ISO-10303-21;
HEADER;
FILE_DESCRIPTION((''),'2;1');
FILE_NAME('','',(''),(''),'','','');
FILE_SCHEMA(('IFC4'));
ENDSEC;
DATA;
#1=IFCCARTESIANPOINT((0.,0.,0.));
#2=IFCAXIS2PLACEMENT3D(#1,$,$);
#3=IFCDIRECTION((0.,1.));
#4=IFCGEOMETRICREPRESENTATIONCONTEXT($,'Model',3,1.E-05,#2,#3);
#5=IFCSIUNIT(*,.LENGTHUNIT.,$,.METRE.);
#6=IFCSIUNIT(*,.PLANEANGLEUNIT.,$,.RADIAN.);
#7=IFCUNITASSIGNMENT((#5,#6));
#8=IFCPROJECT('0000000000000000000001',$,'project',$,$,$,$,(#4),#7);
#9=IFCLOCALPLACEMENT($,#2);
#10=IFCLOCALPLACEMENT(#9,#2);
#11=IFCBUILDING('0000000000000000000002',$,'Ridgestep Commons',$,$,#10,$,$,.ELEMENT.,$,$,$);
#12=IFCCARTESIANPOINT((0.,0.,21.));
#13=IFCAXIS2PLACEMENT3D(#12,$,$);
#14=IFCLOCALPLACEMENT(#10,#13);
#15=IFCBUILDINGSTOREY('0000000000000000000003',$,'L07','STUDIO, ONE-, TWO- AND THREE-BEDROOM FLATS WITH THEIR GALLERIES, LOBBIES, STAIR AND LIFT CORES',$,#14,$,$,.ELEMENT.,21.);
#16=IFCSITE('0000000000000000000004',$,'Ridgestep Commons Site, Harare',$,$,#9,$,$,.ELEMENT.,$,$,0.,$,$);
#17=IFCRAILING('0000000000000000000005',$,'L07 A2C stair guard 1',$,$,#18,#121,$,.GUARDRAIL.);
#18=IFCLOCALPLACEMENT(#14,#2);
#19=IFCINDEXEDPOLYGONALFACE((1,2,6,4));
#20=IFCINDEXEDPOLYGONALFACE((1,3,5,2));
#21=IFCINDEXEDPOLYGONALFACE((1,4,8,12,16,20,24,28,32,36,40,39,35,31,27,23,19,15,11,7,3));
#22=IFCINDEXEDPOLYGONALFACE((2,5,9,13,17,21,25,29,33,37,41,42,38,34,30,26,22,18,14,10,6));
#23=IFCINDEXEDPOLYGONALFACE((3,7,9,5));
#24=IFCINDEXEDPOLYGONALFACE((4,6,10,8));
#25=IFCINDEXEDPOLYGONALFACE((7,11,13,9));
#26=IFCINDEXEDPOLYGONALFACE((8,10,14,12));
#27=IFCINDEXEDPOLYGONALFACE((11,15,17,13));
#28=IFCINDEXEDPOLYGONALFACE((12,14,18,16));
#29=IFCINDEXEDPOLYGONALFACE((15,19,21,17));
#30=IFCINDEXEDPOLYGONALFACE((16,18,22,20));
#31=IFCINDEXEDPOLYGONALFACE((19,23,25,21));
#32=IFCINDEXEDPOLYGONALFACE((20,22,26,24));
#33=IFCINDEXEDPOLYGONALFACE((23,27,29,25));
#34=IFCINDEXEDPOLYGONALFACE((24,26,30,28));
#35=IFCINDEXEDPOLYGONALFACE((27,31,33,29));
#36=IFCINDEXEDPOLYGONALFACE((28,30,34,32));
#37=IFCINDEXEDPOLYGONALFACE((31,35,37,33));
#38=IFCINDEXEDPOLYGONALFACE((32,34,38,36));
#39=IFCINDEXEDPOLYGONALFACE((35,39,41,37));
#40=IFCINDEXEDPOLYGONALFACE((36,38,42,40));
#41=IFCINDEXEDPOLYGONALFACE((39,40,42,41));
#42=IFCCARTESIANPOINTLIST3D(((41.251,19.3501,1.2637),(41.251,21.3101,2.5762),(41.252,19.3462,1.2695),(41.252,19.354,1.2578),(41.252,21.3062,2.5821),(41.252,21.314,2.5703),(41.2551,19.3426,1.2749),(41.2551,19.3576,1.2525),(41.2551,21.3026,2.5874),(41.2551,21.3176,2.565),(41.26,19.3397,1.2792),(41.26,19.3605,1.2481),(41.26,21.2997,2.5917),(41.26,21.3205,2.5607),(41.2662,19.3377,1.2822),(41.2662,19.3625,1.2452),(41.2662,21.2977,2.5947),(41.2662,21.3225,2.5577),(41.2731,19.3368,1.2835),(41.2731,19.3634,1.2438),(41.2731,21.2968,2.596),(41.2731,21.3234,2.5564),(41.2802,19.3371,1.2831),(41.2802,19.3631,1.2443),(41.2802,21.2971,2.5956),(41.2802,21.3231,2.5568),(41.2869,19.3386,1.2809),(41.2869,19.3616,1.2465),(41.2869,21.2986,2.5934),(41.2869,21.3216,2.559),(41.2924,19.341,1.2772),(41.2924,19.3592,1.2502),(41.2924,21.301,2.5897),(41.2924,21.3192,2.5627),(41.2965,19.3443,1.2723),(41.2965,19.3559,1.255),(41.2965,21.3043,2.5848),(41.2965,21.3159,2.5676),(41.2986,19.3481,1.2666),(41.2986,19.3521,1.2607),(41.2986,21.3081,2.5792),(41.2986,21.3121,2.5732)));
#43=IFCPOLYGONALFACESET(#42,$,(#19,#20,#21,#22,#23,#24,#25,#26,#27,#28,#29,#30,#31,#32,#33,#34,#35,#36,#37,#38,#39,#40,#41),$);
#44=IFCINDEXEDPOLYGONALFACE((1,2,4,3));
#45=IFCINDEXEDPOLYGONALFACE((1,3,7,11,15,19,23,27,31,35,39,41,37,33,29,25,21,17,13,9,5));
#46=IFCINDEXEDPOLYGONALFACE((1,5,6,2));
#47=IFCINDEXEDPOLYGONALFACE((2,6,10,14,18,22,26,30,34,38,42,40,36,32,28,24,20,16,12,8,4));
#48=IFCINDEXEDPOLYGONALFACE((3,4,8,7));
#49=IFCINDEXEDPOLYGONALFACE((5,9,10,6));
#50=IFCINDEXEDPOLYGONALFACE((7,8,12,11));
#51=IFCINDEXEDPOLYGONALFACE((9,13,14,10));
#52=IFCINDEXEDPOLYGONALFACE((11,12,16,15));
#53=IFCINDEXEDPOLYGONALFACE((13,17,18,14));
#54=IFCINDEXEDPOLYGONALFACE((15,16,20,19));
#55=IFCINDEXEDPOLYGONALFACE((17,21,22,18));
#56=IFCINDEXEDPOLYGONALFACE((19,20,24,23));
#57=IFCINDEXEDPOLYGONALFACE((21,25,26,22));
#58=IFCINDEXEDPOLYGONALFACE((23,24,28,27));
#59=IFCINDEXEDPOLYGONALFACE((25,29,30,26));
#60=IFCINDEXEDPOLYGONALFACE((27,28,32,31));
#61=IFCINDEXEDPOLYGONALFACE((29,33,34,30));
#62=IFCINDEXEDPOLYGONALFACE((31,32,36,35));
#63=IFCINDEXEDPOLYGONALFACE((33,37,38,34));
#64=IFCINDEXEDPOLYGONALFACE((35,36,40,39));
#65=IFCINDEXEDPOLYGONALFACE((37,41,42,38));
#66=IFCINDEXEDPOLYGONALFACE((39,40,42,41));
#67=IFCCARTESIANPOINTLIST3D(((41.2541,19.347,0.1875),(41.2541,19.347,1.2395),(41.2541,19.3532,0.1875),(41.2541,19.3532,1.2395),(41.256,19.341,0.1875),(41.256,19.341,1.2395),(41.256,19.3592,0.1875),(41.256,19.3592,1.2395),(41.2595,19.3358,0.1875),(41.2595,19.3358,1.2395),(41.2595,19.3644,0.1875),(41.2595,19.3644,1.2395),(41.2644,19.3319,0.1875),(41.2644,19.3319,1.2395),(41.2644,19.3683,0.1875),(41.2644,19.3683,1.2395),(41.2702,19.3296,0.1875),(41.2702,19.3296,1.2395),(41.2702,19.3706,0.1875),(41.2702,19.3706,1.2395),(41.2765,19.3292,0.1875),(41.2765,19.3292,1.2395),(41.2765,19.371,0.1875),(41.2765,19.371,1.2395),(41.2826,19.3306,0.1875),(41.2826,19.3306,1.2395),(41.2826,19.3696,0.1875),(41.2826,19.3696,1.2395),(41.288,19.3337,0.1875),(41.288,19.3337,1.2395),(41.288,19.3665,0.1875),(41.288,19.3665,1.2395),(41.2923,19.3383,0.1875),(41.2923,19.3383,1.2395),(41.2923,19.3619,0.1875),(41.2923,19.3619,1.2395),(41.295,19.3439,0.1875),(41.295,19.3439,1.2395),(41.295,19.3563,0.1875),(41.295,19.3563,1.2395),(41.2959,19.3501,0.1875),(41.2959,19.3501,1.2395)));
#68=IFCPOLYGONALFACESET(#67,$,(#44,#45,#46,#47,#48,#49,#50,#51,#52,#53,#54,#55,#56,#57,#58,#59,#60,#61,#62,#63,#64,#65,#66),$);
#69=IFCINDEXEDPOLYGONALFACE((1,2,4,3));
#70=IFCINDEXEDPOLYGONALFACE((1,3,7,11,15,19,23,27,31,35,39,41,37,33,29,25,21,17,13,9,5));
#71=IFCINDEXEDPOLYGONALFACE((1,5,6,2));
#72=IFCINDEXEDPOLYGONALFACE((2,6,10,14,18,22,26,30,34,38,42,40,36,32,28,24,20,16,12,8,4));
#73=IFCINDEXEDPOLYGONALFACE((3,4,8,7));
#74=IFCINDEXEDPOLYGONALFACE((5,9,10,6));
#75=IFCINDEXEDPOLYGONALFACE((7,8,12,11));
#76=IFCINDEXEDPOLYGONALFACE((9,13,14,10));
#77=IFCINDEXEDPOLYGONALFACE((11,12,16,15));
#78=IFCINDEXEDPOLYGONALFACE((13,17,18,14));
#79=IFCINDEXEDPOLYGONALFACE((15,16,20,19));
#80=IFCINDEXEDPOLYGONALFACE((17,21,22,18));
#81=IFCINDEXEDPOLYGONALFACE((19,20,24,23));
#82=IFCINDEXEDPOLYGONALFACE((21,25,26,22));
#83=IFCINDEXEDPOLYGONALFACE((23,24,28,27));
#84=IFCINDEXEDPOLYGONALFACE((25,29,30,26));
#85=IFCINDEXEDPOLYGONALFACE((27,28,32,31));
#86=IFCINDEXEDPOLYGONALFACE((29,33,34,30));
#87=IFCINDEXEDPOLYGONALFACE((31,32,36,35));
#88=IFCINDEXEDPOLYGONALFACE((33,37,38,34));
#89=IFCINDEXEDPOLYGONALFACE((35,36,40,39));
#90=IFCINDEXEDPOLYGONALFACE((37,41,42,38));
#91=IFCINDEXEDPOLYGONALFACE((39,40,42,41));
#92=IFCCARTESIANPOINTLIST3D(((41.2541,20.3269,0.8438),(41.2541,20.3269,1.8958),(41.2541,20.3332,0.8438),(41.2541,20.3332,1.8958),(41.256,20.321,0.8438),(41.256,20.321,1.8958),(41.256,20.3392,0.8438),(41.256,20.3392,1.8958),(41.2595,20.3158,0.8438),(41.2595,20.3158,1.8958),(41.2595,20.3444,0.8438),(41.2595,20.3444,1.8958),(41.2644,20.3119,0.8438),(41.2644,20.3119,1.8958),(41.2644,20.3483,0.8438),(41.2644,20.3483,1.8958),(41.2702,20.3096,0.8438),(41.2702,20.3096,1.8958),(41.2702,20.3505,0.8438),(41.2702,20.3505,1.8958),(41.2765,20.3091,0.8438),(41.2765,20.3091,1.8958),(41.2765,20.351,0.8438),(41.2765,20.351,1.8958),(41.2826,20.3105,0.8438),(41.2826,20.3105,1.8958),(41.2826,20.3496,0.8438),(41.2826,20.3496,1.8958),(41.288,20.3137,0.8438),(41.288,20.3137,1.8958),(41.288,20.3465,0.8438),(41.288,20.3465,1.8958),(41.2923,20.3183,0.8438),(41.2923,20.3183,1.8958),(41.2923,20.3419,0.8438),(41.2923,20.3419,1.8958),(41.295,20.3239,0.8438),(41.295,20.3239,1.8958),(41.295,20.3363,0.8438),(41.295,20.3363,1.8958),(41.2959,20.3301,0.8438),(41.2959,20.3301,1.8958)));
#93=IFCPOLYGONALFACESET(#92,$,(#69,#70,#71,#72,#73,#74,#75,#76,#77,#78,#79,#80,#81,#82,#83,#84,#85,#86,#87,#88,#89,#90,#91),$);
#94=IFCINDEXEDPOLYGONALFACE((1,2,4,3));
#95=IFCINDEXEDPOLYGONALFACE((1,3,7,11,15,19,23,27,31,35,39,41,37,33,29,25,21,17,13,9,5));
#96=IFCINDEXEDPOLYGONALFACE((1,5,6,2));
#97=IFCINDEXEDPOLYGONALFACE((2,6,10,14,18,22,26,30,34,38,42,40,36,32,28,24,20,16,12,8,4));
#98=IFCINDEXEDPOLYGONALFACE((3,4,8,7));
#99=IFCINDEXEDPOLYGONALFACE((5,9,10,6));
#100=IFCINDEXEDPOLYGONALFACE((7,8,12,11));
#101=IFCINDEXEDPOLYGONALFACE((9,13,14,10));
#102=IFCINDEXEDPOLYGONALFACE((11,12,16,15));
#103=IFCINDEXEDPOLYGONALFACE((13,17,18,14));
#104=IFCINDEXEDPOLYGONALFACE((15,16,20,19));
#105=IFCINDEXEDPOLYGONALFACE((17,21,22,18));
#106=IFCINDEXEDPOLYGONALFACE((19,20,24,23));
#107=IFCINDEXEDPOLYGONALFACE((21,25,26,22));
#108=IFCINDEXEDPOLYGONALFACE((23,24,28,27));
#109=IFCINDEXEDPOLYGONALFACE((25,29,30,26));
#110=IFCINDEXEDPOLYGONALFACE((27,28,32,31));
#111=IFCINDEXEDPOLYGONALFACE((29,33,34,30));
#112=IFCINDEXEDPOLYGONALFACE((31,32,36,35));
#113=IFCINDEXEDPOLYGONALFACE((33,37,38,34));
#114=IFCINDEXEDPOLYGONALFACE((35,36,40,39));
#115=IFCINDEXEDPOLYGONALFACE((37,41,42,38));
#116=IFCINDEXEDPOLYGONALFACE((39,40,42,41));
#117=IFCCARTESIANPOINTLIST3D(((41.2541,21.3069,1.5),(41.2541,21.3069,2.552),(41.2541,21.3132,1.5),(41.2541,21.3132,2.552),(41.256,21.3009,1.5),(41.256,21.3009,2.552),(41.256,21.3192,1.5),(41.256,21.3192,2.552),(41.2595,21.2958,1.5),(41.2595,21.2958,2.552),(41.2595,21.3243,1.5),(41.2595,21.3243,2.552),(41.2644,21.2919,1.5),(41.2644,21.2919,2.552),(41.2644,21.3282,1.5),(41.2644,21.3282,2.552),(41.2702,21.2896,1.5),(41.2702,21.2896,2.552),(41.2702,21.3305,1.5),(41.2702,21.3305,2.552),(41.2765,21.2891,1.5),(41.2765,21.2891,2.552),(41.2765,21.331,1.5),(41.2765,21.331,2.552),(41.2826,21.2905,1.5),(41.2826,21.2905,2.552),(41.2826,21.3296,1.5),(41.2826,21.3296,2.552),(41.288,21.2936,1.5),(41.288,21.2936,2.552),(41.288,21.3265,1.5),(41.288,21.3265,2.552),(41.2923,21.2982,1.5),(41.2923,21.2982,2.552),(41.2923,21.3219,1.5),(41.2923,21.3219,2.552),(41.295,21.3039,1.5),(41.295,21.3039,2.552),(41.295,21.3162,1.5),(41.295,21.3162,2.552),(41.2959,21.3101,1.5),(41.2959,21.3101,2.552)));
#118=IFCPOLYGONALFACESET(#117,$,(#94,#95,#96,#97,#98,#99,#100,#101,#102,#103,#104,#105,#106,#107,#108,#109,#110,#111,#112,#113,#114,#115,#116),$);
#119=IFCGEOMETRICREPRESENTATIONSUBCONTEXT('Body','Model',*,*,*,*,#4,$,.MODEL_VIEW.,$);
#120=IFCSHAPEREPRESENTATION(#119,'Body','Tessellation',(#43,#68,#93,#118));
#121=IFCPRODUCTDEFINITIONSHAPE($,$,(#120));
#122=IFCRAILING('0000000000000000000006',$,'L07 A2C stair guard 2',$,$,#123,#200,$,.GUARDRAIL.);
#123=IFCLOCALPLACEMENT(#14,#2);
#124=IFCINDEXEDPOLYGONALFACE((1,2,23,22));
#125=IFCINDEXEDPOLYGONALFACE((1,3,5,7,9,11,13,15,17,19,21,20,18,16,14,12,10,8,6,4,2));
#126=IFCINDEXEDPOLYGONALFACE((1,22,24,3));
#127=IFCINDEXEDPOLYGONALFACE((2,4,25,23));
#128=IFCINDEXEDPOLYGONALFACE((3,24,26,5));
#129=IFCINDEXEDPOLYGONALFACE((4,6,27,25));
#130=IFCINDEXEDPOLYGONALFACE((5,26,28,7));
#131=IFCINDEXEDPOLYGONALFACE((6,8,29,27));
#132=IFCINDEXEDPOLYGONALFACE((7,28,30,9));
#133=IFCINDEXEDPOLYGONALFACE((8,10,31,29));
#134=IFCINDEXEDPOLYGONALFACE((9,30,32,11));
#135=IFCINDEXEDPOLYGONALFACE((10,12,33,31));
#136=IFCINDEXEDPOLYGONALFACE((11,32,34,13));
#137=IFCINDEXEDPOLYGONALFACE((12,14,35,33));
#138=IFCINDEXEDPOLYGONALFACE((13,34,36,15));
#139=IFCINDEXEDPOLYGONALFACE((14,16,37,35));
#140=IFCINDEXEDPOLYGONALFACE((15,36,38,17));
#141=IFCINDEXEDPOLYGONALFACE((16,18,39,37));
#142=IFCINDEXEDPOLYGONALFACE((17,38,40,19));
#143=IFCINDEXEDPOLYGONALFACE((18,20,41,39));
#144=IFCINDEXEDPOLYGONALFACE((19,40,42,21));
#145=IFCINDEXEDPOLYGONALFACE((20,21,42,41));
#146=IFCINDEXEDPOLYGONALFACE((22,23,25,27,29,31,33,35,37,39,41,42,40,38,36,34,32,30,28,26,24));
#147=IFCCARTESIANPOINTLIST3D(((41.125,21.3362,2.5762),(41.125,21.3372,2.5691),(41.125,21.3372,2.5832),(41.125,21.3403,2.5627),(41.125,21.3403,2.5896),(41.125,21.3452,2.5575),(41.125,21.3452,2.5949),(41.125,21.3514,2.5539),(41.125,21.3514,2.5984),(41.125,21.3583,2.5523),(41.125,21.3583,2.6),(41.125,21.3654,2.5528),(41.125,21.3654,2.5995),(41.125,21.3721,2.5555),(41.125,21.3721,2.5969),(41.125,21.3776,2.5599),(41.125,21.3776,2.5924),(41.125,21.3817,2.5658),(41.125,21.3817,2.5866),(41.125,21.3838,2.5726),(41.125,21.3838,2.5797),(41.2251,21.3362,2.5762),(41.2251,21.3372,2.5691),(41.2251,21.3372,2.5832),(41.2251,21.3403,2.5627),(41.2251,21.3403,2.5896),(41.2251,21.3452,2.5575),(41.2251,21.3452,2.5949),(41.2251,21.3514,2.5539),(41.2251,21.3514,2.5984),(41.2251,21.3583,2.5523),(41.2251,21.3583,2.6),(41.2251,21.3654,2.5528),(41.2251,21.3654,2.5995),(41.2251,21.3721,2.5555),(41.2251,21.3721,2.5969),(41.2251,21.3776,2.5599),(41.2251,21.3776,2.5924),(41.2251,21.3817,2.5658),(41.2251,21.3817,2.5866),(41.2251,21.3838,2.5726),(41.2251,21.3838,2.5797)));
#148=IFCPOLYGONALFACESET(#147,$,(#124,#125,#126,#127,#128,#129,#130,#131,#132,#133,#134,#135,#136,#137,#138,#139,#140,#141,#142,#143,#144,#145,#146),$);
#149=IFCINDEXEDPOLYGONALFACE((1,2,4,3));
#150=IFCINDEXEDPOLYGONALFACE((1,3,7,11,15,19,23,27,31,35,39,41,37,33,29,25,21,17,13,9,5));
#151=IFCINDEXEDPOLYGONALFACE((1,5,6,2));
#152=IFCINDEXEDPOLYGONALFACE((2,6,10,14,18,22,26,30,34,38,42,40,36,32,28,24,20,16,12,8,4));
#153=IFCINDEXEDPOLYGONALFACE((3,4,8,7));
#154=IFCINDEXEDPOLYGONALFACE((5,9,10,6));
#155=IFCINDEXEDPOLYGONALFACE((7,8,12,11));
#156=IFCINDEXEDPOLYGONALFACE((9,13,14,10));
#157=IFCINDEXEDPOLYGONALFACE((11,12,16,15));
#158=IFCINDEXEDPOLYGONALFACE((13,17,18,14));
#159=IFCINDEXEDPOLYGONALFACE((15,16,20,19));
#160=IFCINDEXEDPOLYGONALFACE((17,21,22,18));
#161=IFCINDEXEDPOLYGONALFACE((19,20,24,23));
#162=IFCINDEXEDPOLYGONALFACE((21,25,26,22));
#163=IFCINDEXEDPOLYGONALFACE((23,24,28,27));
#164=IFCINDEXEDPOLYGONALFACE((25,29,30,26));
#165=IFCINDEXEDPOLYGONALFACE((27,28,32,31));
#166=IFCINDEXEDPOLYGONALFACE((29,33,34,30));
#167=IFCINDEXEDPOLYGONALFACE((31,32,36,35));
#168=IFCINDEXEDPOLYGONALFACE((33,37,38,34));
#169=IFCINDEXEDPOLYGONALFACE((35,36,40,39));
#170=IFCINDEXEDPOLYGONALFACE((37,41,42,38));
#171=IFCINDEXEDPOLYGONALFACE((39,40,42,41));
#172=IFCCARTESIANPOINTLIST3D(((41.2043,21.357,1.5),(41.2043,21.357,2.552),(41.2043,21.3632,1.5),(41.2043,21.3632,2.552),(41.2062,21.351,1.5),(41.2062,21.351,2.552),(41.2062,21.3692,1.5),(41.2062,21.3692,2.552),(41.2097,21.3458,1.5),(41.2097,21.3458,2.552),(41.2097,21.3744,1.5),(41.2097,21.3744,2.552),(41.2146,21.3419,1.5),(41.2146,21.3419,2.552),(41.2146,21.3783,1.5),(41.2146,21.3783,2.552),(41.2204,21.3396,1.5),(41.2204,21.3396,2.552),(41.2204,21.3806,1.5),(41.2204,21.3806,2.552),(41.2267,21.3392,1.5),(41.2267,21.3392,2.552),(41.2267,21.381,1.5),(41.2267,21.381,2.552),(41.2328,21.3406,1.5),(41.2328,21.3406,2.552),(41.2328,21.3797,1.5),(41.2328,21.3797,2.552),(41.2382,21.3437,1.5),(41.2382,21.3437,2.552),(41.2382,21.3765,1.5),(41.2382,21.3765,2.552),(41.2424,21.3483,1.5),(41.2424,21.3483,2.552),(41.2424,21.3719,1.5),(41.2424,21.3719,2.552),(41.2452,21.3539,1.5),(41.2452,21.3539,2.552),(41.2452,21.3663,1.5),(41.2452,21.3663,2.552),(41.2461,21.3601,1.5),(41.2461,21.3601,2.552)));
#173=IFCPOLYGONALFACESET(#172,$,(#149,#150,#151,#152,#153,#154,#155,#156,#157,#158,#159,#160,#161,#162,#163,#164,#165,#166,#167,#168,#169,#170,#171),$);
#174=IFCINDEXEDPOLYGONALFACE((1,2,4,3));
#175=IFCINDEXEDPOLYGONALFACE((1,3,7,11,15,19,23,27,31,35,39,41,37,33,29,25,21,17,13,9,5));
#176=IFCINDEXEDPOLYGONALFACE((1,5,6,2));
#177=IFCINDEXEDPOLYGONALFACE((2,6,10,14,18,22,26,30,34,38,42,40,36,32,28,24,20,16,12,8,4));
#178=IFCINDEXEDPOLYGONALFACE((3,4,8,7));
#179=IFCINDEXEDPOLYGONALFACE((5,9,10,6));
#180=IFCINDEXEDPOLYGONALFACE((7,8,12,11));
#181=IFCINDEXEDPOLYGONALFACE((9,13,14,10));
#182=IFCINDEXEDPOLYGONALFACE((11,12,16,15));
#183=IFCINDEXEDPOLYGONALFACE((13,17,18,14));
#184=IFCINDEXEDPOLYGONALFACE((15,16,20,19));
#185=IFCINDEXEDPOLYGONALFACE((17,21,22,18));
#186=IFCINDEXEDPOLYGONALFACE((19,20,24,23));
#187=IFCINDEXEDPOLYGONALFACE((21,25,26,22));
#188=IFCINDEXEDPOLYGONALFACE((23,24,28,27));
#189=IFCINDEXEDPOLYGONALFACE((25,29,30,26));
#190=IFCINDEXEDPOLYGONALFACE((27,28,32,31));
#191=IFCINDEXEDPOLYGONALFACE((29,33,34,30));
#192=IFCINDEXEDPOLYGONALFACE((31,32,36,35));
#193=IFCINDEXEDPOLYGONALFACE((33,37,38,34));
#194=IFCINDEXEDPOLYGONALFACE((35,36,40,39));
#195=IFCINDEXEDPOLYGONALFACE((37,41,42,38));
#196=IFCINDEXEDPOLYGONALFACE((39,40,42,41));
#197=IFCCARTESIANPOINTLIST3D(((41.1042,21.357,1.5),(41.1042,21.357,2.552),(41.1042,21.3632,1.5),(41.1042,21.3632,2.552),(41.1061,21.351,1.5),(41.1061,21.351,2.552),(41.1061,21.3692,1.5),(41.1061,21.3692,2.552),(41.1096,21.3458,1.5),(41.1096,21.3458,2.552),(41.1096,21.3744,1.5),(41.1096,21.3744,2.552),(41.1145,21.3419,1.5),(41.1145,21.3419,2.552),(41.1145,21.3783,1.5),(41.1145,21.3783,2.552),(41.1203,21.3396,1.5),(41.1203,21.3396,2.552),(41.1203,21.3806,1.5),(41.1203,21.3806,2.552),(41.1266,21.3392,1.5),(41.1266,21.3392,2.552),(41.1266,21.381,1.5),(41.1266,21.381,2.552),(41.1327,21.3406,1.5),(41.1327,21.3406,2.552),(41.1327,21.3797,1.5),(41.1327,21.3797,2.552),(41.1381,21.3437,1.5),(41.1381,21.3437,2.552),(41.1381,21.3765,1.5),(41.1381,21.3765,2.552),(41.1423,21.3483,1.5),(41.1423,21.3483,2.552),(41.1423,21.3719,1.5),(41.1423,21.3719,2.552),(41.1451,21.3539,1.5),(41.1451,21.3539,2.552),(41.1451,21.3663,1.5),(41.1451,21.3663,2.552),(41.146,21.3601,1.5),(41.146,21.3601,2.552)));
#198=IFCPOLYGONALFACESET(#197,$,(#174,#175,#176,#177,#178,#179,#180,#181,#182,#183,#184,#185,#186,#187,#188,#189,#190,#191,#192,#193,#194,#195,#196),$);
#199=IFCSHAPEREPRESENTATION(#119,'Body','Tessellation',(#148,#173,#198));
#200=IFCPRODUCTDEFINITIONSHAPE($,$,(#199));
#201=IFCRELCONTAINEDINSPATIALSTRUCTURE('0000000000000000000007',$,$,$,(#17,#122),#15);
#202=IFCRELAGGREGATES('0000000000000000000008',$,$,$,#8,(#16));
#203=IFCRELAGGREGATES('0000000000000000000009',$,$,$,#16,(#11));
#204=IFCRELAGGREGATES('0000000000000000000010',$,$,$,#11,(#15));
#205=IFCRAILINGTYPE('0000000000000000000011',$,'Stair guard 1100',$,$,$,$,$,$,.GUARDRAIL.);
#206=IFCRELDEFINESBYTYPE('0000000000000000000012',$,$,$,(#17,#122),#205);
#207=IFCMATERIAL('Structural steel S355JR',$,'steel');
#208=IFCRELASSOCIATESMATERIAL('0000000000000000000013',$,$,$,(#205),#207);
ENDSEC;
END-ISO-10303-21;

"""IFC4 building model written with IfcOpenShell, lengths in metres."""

from ifc_helpers import new_model, si_unit, direction, frame, origin, origin_2d, place, context, subcontext, project, spatial, circle, extrude, material, type_object, element, save


model = new_model("IFC4")

# Units and contexts
model_context = context("Model", 3, precision=1e-05, world=origin(), true_north=direction((0.0, 1.0)))
body_context = subcontext(model_context, "Body", "Model", "MODEL_VIEW")
ifc_project = project(units=[si_unit("LENGTHUNIT", "METRE"), si_unit("PLANEANGLEUNIT", "RADIAN")], contexts=[model_context])

# Site, building, storey
site_placement = place(None, origin())
site = spatial("IfcSite", under=ifc_project, at=site_placement, Name="Ridgestep Commons Site, Harare", CompositionType="ELEMENT", RefElevation=0.0)
building_placement = place(site_placement, origin())
building = spatial("IfcBuilding", under=site, at=building_placement, Name="Ridgestep Commons", CompositionType="ELEMENT")
storey_placement = place(building_placement, frame((0.0, 0.0, 21.0)))
storey = spatial("IfcBuildingStorey", under=building, at=storey_placement, Name="L07", Description="STUDIO, ONE-, TWO- AND THREE-BEDROOM FLATS WITH THEIR GALLERIES, LOBBIES, STAIR AND LIFT CORES", CompositionType="ELEMENT", Elevation=21.0)

# Railings
ifc_material_1 = material(Name="Structural steel S355JR", Category="steel")
railing_type_1 = type_object("IfcRailingType", Name="Stair guard 1100", PredefinedType="GUARDRAIL", material=ifc_material_1)
railing_1_placement = place(storey_placement, frame((41.2749, 19.3501, 0.1875)))
element("IfcRailing", 1, at=railing_1_placement, inside=storey, type_object=railing_type_1, Name="L07 A2C stair guard 1", PredefinedType="GUARDRAIL", context=body_context, shape_type="SweptSolid", body=[
    extrude(circle(Radius=0.0239, at=origin_2d()), frame((0.0, 0.0, 1.0762), z_axis=(0.0, 0.830902, 0.556419), x_axis=(-1.0, 0.0, 0.0)), (0.0, 0.0, 1.0), 2.3589),
    extrude(circle(Radius=0.021, at=origin_2d()), origin(), (0.0, 0.0, 1.0), 1.052),
    extrude(circle(Radius=0.021, at=origin_2d()), frame((0.0, 0.98, 0.6562)), (0.0, 0.0, 1.0), 1.052),
    extrude(circle(Radius=0.021, at=origin_2d()), frame((0.0, 1.96, 1.3125)), (0.0, 0.0, 1.0), 1.052),
])
railing_2_placement = place(storey_placement, frame((41.2251, 21.3601, 1.5)))
element("IfcRailing", 2, at=railing_2_placement, inside=storey, type_object=railing_type_1, Name="L07 A2C stair guard 2", PredefinedType="GUARDRAIL", context=body_context, shape_type="SweptSolid", body=[
    extrude(circle(Radius=0.0239, at=origin_2d()), frame((0.0, 0.0, 1.0762), z_axis=(-1.0, 0.0, 0.0), x_axis=(0.0, -1.0, 0.0)), (0.0, 0.0, 1.0), 0.1001),
    extrude(circle(Radius=0.021, at=origin_2d()), origin(), (0.0, 0.0, 1.0), 1.052),
    extrude(circle(Radius=0.021, at=origin_2d()), frame((-0.1001, 0.0, 0.0)), (0.0, 0.0, 1.0), 1.052),
])

save(model, "model.ifc")
